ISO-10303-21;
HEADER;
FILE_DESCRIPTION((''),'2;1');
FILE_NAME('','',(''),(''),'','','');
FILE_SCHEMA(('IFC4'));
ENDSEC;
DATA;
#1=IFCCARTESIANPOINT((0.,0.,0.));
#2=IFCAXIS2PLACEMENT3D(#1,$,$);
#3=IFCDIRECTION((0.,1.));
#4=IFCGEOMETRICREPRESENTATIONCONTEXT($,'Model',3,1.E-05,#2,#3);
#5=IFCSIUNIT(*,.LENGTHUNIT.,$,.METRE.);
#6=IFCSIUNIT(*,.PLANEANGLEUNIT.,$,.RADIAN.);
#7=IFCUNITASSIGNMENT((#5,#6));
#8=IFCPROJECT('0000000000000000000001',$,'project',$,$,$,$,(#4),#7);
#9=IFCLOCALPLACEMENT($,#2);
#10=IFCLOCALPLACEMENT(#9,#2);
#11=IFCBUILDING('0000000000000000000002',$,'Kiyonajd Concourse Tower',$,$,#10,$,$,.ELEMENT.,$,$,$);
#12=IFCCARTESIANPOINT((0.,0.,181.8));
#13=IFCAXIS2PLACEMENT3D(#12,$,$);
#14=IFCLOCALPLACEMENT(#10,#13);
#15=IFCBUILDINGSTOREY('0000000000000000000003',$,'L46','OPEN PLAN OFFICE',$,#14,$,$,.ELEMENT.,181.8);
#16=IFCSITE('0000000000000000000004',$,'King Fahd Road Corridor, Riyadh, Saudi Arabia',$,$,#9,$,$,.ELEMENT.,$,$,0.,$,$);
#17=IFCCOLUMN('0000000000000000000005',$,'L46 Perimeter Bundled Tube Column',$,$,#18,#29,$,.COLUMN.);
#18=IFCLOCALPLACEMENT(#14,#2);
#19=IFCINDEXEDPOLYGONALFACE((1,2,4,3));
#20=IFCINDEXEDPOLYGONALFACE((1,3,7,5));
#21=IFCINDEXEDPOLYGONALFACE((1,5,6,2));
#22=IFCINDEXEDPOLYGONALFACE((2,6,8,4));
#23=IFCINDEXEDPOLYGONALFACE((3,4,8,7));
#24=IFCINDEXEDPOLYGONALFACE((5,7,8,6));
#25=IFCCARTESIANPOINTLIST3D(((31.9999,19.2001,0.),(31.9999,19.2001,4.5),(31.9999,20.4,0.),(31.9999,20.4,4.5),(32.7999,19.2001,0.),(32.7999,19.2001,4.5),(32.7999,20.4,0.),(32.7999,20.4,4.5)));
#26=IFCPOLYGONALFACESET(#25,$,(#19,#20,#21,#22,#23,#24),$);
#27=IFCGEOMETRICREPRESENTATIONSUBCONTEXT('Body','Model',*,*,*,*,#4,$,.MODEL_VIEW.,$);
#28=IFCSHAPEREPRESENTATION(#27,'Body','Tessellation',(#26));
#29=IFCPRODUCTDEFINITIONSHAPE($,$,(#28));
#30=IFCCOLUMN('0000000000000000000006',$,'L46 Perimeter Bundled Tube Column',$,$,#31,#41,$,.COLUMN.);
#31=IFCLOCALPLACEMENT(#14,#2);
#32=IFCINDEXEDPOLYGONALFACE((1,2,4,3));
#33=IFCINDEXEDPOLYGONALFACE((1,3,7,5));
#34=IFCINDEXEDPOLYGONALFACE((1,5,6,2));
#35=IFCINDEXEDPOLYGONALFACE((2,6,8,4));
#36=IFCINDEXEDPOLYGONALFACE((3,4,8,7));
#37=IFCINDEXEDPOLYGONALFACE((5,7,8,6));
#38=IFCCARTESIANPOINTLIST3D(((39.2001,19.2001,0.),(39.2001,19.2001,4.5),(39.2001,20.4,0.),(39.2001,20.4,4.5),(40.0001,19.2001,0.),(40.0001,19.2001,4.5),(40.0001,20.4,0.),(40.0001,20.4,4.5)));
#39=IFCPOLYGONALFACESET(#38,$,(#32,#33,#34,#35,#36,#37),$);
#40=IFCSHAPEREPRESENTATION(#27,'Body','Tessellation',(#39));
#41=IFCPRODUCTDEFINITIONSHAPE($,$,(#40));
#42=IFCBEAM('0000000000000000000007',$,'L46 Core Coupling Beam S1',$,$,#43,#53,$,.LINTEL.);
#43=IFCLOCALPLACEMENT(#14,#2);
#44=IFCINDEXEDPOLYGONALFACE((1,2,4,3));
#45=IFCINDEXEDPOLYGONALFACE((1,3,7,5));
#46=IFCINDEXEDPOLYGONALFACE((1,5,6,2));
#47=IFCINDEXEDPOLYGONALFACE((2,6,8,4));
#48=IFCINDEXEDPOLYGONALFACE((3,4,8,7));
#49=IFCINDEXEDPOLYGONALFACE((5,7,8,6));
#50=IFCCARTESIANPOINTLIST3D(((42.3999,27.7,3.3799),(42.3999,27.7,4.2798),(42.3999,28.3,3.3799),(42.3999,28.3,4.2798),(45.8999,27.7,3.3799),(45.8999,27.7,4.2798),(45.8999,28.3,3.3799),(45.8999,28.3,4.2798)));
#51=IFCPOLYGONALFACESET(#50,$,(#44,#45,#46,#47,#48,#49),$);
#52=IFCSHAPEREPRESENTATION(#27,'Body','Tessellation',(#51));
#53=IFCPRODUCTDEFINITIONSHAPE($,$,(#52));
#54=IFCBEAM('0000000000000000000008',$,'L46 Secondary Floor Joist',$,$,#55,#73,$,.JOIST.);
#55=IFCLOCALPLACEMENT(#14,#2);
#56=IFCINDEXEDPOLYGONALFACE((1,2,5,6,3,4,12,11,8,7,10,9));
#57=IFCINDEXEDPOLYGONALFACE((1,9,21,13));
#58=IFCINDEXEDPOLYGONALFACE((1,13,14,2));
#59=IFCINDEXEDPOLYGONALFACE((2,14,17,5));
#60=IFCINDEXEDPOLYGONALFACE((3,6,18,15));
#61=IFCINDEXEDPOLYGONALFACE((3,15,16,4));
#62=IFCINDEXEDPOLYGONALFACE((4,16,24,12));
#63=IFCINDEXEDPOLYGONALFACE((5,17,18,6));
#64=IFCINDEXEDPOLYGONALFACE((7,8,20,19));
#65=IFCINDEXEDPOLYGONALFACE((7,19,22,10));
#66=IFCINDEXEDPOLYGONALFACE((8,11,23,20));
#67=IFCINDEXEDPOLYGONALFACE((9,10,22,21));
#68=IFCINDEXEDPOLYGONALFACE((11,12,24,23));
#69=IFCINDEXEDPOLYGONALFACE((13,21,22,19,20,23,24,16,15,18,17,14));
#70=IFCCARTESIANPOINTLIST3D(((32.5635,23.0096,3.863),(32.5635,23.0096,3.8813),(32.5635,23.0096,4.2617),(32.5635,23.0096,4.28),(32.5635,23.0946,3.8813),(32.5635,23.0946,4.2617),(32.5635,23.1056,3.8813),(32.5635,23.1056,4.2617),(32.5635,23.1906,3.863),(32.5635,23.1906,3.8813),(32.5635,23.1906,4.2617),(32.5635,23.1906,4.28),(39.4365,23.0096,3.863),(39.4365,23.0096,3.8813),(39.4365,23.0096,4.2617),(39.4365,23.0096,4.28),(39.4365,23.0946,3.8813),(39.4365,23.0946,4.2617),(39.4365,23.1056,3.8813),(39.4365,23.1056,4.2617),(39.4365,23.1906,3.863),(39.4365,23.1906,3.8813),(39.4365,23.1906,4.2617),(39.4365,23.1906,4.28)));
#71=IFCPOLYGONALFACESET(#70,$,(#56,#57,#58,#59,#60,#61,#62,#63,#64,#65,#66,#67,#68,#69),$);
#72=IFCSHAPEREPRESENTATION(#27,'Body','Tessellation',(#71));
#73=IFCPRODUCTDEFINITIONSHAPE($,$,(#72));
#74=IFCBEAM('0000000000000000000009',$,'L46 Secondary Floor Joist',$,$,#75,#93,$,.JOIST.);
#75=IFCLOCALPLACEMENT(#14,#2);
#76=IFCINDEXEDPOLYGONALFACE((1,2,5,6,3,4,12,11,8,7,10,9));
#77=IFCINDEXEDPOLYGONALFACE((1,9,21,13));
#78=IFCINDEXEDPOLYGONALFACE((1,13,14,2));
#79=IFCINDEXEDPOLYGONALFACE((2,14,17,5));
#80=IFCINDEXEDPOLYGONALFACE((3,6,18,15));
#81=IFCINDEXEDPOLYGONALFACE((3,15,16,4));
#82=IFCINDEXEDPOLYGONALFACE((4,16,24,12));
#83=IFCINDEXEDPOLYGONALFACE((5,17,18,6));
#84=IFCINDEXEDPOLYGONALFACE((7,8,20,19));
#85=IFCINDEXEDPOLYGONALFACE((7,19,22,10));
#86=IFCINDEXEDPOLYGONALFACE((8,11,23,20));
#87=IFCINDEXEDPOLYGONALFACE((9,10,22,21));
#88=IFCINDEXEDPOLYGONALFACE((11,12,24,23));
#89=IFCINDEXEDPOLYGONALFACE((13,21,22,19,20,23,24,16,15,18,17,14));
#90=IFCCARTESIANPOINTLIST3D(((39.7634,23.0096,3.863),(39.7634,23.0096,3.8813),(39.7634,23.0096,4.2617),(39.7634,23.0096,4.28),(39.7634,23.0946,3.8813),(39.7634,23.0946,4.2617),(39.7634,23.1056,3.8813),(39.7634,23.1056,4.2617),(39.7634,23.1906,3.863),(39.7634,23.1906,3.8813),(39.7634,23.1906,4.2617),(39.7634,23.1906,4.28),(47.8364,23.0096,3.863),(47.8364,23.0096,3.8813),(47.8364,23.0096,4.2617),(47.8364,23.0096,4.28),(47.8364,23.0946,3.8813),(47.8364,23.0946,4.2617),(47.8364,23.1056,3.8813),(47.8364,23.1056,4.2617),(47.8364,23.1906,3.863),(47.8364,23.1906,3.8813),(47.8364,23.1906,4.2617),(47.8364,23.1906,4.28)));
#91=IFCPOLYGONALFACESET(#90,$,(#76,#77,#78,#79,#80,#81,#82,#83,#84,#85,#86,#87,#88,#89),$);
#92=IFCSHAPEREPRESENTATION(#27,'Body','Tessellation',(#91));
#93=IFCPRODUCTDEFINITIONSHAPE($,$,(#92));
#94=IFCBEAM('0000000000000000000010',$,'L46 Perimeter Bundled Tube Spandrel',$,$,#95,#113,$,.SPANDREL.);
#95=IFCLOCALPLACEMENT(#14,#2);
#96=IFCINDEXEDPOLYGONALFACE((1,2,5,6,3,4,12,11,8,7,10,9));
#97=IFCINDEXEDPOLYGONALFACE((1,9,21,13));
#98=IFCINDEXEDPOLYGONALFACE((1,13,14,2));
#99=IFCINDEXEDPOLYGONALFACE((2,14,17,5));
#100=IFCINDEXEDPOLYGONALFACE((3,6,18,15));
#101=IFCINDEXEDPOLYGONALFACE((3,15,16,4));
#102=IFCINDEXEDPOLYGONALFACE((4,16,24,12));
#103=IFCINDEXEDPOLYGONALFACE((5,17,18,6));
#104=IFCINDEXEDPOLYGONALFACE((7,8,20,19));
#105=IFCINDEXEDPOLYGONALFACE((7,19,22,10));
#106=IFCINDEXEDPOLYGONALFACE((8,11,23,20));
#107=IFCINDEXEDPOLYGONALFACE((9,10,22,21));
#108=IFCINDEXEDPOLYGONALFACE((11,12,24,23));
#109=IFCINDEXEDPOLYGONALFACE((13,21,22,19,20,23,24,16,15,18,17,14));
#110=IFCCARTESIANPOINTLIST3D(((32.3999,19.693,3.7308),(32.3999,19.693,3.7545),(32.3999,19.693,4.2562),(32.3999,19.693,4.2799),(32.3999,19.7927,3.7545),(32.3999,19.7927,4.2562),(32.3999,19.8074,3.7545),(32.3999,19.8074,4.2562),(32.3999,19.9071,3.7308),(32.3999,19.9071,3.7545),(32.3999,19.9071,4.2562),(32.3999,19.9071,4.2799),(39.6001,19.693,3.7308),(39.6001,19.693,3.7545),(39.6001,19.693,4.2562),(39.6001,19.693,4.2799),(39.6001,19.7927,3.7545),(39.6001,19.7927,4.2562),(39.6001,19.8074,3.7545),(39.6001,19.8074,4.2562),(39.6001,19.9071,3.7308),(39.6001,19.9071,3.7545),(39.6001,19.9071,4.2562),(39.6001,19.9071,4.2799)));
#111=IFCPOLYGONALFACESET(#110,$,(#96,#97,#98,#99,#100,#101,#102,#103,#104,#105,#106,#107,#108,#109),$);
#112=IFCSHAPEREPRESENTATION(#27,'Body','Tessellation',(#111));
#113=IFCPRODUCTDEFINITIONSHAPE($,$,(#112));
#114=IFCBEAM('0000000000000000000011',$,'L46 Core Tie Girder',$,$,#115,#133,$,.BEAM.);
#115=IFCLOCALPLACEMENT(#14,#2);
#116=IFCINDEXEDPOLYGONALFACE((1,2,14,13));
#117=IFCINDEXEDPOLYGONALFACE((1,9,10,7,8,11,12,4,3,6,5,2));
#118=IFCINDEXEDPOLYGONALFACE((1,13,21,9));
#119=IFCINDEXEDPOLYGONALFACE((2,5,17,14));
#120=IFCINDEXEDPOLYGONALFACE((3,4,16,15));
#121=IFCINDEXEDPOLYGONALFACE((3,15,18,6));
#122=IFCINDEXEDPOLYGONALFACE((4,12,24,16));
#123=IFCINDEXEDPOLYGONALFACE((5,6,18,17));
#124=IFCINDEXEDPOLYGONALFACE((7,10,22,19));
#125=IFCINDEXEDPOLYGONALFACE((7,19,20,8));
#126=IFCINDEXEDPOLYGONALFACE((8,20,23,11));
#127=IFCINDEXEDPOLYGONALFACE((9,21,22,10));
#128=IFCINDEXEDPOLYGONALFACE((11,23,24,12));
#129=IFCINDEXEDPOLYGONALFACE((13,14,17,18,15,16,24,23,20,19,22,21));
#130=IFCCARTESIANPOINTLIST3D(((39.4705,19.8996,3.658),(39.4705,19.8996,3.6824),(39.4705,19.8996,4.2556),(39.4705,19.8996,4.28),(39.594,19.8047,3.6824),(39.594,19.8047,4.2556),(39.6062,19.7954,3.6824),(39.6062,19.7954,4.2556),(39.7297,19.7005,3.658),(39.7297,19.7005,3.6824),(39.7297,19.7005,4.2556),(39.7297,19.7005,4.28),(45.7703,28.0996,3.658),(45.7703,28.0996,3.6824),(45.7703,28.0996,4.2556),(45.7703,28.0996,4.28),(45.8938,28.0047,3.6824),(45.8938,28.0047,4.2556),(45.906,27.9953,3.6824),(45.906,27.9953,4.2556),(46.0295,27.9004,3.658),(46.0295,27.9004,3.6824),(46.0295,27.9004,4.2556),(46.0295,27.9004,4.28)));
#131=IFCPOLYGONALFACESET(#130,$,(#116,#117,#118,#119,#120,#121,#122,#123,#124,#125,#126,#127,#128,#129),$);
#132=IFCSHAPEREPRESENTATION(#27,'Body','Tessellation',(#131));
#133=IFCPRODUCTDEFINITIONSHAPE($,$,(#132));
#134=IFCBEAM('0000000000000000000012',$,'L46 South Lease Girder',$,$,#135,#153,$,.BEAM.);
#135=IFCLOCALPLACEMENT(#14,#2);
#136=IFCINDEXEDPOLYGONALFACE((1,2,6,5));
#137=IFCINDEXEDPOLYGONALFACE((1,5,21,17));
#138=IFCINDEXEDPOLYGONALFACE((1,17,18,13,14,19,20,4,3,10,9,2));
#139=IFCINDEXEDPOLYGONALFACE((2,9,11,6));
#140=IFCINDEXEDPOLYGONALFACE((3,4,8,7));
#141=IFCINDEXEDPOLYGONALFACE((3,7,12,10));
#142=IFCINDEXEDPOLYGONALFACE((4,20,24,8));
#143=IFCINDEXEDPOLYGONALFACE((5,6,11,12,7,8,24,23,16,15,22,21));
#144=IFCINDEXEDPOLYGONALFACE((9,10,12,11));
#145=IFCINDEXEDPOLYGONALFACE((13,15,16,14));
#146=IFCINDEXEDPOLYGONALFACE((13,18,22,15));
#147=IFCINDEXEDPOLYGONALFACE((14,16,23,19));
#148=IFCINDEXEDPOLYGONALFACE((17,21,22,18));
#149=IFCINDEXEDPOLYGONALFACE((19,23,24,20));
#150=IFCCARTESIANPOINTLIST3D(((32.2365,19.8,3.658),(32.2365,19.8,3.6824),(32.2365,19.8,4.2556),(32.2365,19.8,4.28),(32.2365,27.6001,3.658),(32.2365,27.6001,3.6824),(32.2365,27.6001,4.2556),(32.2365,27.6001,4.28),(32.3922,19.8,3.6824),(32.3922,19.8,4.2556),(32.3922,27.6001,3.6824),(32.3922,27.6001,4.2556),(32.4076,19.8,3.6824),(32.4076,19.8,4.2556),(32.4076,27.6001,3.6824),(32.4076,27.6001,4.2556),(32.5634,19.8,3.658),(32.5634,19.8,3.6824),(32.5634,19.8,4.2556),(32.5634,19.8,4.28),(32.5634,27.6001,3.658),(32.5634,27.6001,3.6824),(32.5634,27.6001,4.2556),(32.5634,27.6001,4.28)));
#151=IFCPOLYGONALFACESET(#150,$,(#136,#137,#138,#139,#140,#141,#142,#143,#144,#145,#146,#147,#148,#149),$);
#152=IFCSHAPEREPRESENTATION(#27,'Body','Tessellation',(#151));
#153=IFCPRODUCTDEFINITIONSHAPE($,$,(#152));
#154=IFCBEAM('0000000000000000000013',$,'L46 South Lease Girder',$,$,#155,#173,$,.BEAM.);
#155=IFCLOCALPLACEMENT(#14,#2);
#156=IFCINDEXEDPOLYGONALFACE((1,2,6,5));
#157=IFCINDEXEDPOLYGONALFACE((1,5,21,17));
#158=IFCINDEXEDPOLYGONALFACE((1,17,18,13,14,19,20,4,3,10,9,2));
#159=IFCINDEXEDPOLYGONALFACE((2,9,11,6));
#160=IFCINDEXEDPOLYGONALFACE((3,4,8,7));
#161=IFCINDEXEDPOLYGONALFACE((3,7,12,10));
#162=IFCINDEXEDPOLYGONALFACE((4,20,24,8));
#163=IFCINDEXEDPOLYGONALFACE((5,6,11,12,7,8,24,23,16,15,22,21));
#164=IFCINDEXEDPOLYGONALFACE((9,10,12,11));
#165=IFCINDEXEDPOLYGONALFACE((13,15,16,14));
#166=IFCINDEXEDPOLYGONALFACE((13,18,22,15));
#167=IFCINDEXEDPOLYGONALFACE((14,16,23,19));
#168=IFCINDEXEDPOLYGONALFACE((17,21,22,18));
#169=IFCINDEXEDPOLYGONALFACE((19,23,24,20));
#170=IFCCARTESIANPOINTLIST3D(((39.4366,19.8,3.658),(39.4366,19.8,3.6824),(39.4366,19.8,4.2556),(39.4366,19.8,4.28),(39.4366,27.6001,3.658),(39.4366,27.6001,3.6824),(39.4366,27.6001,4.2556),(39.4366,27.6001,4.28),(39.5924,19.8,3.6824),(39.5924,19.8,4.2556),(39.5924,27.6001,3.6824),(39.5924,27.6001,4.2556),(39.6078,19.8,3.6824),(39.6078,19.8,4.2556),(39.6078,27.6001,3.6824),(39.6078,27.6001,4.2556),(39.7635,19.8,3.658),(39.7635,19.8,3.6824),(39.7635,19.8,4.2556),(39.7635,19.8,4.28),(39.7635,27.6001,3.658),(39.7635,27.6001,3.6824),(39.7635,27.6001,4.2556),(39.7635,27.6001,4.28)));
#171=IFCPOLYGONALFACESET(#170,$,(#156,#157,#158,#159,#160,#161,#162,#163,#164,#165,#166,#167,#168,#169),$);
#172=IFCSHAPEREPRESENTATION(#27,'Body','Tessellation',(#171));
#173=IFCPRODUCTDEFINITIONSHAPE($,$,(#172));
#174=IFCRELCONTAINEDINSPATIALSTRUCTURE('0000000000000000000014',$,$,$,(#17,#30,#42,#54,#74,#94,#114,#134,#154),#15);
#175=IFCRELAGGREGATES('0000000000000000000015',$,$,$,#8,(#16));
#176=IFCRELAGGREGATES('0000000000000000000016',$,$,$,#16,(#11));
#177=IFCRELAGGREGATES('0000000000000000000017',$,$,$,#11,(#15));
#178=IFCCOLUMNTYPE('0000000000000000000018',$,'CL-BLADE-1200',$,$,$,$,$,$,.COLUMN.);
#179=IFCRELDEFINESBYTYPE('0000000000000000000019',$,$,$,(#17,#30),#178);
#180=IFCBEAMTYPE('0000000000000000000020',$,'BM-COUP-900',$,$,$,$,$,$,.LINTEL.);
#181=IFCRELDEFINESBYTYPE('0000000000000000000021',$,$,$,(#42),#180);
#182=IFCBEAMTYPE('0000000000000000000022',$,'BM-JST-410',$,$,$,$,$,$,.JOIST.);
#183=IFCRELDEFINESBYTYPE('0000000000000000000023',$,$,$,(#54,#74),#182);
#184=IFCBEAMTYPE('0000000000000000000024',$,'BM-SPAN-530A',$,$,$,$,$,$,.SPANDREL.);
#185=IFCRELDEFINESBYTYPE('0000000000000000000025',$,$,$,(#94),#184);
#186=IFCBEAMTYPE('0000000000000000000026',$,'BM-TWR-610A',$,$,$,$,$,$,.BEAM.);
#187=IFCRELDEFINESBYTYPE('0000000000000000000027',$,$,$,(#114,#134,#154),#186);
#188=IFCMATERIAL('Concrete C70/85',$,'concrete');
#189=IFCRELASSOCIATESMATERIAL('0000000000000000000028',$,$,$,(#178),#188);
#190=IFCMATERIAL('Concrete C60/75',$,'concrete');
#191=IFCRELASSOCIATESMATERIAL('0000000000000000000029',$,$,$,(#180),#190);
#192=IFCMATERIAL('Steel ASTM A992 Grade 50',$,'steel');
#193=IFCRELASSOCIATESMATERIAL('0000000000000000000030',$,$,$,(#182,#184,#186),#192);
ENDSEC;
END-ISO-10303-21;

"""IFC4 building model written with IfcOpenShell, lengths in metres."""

from ifc_helpers import new_model, si_unit, direction, frame, origin, origin_2d, place, context, subcontext, project, spatial, rectangle, i_section, extrude, material, material_profile, profile_set, type_object, element, save


model = new_model("IFC4")

# Units and contexts
model_context = context("Model", 3, precision=1e-05, world=origin(), true_north=direction((0.0, 1.0)))
body_context = subcontext(model_context, "Body", "Model", "MODEL_VIEW")
ifc_project = project(units=[si_unit("LENGTHUNIT", "METRE"), si_unit("PLANEANGLEUNIT", "RADIAN")], contexts=[model_context])

# Site, building, storey
site_placement = place(None, origin())
site = spatial("IfcSite", under=ifc_project, at=site_placement, Name="King Fahd Road Corridor, Riyadh, Saudi Arabia", CompositionType="ELEMENT", RefElevation=0.0)
building_placement = place(site_placement, origin())
building = spatial("IfcBuilding", under=site, at=building_placement, Name="Kiyonajd Concourse Tower", CompositionType="ELEMENT")
storey_placement = place(building_placement, frame((0.0, 0.0, 181.8)))
storey = spatial("IfcBuildingStorey", under=building, at=storey_placement, Name="L46", Description="OPEN PLAN OFFICE", CompositionType="ELEMENT", Elevation=181.8)

# Columns
ifc_material_1 = material(Name="Concrete C70/85", Category="concrete")
ifc_material_profile_1 = material_profile(ifc_material_1, rectangle(XDim=0.8, YDim=1.2, at=origin_2d()), Name="RC-1200x800")
ifc_profile_set_1 = profile_set([ifc_material_profile_1], Name="Concrete C70/85")
column_type = type_object("IfcColumnType", Name="CL-BLADE-1200", PredefinedType="COLUMN", material=ifc_profile_set_1)
for number, where, z_axis, x_axis, name in (
    (1, (32.3999, 19.8, 0.0), (0.0, 0.0, 1.0), (1.0, 0.0, 0.0), "L46 Perimeter Bundled Tube Column"),
    (2, (39.6001, 19.8, 0.0), (0.0, 0.0, 1.0), (1.0, 0.0, 0.0), "L46 Perimeter Bundled Tube Column"),
):
    element("IfcColumn", number, at=place(storey_placement, frame(where, z_axis=z_axis, x_axis=x_axis)), inside=storey, type_object=column_type, Name=name, PredefinedType="COLUMN", context=body_context, shape_type="SweptSolid", body=[
        extrude(rectangle(XDim=0.8, YDim=1.2, at=origin_2d()), origin(), (0.0, 0.0, 1.0), 4.5),
    ])

# Beams
ifc_material_2 = material(Name="Concrete C60/75", Category="concrete")
ifc_material_profile_2 = material_profile(ifc_material_2, rectangle(XDim=0.6001, YDim=0.8999, at=origin_2d()), Name="RCBM-600x900")
ifc_profile_set_2 = profile_set([ifc_material_profile_2], Name="Concrete C60/75")
beam_type_1 = type_object("IfcBeamType", Name="BM-COUP-900", PredefinedType="LINTEL", material=ifc_profile_set_2)
beam_1_placement = place(storey_placement, frame((42.3999, 28.0, 3.8298), z_axis=(1.0, 0.0, 0.0), x_axis=(0.0, 1.0, 0.0)))
element("IfcBeam", 3, at=beam_1_placement, inside=storey, type_object=beam_type_1, Name="L46 Core Coupling Beam S1", PredefinedType="LINTEL", context=body_context, shape_type="SweptSolid", body=[
    extrude(rectangle(XDim=0.6001, YDim=0.8999, at=origin_2d()), origin(), (0.0, 0.0, 1.0), 3.5),
])
ifc_material_3 = material(Name="Steel ASTM A992 Grade 50", Category="steel")
ifc_material_profile_3 = material_profile(ifc_material_3, i_section(OverallWidth=0.1809, OverallDepth=0.417, WebThickness=0.011, FlangeThickness=0.0183, at=origin_2d()), Name="W410X85")
ifc_profile_set_3 = profile_set([ifc_material_profile_3], Name="Steel ASTM A992 Grade 50")
beam_type_2 = type_object("IfcBeamType", Name="BM-JST-410", PredefinedType="JOIST", material=ifc_profile_set_3)
beam_2_placement = place(storey_placement, frame((32.5635, 23.1001, 4.0715), z_axis=(1.0, 0.0, 0.0), x_axis=(0.0, 1.0, 0.0)))
element("IfcBeam", 4, at=beam_2_placement, inside=storey, type_object=beam_type_2, Name="L46 Secondary Floor Joist", PredefinedType="JOIST", context=body_context, shape_type="SweptSolid", body=[
    extrude(i_section(OverallWidth=0.1809, OverallDepth=0.417, WebThickness=0.011, FlangeThickness=0.0183, at=origin_2d()), origin(), (0.0, 0.0, 1.0), 6.873),
])
beam_3_placement = place(storey_placement, frame((39.7634, 23.1001, 4.0715), z_axis=(1.0, 0.0, 0.0), x_axis=(0.0, 1.0, 0.0)))
element("IfcBeam", 5, at=beam_3_placement, inside=storey, type_object=beam_type_2, Name="L46 Secondary Floor Joist", PredefinedType="JOIST", context=body_context, shape_type="SweptSolid", body=[
    extrude(i_section(OverallWidth=0.1809, OverallDepth=0.417, WebThickness=0.011, FlangeThickness=0.0183, at=origin_2d()), origin(), (0.0, 0.0, 1.0), 8.073),
])
ifc_material_profile_4 = material_profile(ifc_material_3, i_section(OverallWidth=0.2141, OverallDepth=0.5491, WebThickness=0.0146, FlangeThickness=0.0237, at=origin_2d()), Name="W530X138")
ifc_profile_set_4 = profile_set([ifc_material_profile_4], Name="Steel ASTM A992 Grade 50")
beam_type_3 = type_object("IfcBeamType", Name="BM-SPAN-530A", PredefinedType="SPANDREL", material=ifc_profile_set_4)
beam_4_placement = place(storey_placement, frame((32.3999, 19.8, 4.0054), z_axis=(1.0, 0.0, 0.0), x_axis=(0.0, 1.0, 0.0)))
element("IfcBeam", 6, at=beam_4_placement, inside=storey, type_object=beam_type_3, Name="L46 Perimeter Bundled Tube Spandrel", PredefinedType="SPANDREL", context=body_context, shape_type="SweptSolid", body=[
    extrude(i_section(OverallWidth=0.2141, OverallDepth=0.5491, WebThickness=0.0146, FlangeThickness=0.0237, at=origin_2d()), origin(), (0.0, 0.0, 1.0), 7.2002),
])
ifc_material_profile_5 = material_profile(ifc_material_3, i_section(OverallWidth=0.3269, OverallDepth=0.6221, WebThickness=0.0154, FlangeThickness=0.0244, at=origin_2d()), Name="W610X195")
ifc_profile_set_5 = profile_set([ifc_material_profile_5], Name="Steel ASTM A992 Grade 50")
beam_type_4 = type_object("IfcBeamType", Name="BM-TWR-610A", PredefinedType="BEAM", material=ifc_profile_set_5)
beam_5_placement = place(storey_placement, frame((39.6001, 19.8, 3.969), z_axis=(0.609234, 0.792991, 0.0), x_axis=(-0.792991, 0.609234, 0.0)))
element("IfcBeam", 7, at=beam_5_placement, inside=storey, type_object=beam_type_4, Name="L46 Core Tie Girder", PredefinedType="BEAM", context=body_context, shape_type="SweptSolid", body=[
    extrude(i_section(OverallWidth=0.3269, OverallDepth=0.6221, WebThickness=0.0154, FlangeThickness=0.0244, at=origin_2d()), origin(), (0.0, 0.0, 1.0), 10.3406),
])
for number, where, z_axis, x_axis, name in (
    (8, (32.3999, 19.8, 3.969), (0.0, 1.0, 0.0), (-1.0, 0.0, 0.0), "L46 South Lease Girder"),
    (9, (39.6001, 19.8, 3.969), (0.0, 1.0, 0.0), (-1.0, 0.0, 0.0), "L46 South Lease Girder"),
):
    element("IfcBeam", number, at=place(storey_placement, frame(where, z_axis=z_axis, x_axis=x_axis)), inside=storey, type_object=beam_type_4, Name=name, PredefinedType="BEAM", context=body_context, shape_type="SweptSolid", body=[
        extrude(i_section(OverallWidth=0.3269, OverallDepth=0.6221, WebThickness=0.0154, FlangeThickness=0.0244, at=origin_2d()), origin(), (0.0, 0.0, 1.0), 7.8),
    ])

save(model, "model.ifc")
